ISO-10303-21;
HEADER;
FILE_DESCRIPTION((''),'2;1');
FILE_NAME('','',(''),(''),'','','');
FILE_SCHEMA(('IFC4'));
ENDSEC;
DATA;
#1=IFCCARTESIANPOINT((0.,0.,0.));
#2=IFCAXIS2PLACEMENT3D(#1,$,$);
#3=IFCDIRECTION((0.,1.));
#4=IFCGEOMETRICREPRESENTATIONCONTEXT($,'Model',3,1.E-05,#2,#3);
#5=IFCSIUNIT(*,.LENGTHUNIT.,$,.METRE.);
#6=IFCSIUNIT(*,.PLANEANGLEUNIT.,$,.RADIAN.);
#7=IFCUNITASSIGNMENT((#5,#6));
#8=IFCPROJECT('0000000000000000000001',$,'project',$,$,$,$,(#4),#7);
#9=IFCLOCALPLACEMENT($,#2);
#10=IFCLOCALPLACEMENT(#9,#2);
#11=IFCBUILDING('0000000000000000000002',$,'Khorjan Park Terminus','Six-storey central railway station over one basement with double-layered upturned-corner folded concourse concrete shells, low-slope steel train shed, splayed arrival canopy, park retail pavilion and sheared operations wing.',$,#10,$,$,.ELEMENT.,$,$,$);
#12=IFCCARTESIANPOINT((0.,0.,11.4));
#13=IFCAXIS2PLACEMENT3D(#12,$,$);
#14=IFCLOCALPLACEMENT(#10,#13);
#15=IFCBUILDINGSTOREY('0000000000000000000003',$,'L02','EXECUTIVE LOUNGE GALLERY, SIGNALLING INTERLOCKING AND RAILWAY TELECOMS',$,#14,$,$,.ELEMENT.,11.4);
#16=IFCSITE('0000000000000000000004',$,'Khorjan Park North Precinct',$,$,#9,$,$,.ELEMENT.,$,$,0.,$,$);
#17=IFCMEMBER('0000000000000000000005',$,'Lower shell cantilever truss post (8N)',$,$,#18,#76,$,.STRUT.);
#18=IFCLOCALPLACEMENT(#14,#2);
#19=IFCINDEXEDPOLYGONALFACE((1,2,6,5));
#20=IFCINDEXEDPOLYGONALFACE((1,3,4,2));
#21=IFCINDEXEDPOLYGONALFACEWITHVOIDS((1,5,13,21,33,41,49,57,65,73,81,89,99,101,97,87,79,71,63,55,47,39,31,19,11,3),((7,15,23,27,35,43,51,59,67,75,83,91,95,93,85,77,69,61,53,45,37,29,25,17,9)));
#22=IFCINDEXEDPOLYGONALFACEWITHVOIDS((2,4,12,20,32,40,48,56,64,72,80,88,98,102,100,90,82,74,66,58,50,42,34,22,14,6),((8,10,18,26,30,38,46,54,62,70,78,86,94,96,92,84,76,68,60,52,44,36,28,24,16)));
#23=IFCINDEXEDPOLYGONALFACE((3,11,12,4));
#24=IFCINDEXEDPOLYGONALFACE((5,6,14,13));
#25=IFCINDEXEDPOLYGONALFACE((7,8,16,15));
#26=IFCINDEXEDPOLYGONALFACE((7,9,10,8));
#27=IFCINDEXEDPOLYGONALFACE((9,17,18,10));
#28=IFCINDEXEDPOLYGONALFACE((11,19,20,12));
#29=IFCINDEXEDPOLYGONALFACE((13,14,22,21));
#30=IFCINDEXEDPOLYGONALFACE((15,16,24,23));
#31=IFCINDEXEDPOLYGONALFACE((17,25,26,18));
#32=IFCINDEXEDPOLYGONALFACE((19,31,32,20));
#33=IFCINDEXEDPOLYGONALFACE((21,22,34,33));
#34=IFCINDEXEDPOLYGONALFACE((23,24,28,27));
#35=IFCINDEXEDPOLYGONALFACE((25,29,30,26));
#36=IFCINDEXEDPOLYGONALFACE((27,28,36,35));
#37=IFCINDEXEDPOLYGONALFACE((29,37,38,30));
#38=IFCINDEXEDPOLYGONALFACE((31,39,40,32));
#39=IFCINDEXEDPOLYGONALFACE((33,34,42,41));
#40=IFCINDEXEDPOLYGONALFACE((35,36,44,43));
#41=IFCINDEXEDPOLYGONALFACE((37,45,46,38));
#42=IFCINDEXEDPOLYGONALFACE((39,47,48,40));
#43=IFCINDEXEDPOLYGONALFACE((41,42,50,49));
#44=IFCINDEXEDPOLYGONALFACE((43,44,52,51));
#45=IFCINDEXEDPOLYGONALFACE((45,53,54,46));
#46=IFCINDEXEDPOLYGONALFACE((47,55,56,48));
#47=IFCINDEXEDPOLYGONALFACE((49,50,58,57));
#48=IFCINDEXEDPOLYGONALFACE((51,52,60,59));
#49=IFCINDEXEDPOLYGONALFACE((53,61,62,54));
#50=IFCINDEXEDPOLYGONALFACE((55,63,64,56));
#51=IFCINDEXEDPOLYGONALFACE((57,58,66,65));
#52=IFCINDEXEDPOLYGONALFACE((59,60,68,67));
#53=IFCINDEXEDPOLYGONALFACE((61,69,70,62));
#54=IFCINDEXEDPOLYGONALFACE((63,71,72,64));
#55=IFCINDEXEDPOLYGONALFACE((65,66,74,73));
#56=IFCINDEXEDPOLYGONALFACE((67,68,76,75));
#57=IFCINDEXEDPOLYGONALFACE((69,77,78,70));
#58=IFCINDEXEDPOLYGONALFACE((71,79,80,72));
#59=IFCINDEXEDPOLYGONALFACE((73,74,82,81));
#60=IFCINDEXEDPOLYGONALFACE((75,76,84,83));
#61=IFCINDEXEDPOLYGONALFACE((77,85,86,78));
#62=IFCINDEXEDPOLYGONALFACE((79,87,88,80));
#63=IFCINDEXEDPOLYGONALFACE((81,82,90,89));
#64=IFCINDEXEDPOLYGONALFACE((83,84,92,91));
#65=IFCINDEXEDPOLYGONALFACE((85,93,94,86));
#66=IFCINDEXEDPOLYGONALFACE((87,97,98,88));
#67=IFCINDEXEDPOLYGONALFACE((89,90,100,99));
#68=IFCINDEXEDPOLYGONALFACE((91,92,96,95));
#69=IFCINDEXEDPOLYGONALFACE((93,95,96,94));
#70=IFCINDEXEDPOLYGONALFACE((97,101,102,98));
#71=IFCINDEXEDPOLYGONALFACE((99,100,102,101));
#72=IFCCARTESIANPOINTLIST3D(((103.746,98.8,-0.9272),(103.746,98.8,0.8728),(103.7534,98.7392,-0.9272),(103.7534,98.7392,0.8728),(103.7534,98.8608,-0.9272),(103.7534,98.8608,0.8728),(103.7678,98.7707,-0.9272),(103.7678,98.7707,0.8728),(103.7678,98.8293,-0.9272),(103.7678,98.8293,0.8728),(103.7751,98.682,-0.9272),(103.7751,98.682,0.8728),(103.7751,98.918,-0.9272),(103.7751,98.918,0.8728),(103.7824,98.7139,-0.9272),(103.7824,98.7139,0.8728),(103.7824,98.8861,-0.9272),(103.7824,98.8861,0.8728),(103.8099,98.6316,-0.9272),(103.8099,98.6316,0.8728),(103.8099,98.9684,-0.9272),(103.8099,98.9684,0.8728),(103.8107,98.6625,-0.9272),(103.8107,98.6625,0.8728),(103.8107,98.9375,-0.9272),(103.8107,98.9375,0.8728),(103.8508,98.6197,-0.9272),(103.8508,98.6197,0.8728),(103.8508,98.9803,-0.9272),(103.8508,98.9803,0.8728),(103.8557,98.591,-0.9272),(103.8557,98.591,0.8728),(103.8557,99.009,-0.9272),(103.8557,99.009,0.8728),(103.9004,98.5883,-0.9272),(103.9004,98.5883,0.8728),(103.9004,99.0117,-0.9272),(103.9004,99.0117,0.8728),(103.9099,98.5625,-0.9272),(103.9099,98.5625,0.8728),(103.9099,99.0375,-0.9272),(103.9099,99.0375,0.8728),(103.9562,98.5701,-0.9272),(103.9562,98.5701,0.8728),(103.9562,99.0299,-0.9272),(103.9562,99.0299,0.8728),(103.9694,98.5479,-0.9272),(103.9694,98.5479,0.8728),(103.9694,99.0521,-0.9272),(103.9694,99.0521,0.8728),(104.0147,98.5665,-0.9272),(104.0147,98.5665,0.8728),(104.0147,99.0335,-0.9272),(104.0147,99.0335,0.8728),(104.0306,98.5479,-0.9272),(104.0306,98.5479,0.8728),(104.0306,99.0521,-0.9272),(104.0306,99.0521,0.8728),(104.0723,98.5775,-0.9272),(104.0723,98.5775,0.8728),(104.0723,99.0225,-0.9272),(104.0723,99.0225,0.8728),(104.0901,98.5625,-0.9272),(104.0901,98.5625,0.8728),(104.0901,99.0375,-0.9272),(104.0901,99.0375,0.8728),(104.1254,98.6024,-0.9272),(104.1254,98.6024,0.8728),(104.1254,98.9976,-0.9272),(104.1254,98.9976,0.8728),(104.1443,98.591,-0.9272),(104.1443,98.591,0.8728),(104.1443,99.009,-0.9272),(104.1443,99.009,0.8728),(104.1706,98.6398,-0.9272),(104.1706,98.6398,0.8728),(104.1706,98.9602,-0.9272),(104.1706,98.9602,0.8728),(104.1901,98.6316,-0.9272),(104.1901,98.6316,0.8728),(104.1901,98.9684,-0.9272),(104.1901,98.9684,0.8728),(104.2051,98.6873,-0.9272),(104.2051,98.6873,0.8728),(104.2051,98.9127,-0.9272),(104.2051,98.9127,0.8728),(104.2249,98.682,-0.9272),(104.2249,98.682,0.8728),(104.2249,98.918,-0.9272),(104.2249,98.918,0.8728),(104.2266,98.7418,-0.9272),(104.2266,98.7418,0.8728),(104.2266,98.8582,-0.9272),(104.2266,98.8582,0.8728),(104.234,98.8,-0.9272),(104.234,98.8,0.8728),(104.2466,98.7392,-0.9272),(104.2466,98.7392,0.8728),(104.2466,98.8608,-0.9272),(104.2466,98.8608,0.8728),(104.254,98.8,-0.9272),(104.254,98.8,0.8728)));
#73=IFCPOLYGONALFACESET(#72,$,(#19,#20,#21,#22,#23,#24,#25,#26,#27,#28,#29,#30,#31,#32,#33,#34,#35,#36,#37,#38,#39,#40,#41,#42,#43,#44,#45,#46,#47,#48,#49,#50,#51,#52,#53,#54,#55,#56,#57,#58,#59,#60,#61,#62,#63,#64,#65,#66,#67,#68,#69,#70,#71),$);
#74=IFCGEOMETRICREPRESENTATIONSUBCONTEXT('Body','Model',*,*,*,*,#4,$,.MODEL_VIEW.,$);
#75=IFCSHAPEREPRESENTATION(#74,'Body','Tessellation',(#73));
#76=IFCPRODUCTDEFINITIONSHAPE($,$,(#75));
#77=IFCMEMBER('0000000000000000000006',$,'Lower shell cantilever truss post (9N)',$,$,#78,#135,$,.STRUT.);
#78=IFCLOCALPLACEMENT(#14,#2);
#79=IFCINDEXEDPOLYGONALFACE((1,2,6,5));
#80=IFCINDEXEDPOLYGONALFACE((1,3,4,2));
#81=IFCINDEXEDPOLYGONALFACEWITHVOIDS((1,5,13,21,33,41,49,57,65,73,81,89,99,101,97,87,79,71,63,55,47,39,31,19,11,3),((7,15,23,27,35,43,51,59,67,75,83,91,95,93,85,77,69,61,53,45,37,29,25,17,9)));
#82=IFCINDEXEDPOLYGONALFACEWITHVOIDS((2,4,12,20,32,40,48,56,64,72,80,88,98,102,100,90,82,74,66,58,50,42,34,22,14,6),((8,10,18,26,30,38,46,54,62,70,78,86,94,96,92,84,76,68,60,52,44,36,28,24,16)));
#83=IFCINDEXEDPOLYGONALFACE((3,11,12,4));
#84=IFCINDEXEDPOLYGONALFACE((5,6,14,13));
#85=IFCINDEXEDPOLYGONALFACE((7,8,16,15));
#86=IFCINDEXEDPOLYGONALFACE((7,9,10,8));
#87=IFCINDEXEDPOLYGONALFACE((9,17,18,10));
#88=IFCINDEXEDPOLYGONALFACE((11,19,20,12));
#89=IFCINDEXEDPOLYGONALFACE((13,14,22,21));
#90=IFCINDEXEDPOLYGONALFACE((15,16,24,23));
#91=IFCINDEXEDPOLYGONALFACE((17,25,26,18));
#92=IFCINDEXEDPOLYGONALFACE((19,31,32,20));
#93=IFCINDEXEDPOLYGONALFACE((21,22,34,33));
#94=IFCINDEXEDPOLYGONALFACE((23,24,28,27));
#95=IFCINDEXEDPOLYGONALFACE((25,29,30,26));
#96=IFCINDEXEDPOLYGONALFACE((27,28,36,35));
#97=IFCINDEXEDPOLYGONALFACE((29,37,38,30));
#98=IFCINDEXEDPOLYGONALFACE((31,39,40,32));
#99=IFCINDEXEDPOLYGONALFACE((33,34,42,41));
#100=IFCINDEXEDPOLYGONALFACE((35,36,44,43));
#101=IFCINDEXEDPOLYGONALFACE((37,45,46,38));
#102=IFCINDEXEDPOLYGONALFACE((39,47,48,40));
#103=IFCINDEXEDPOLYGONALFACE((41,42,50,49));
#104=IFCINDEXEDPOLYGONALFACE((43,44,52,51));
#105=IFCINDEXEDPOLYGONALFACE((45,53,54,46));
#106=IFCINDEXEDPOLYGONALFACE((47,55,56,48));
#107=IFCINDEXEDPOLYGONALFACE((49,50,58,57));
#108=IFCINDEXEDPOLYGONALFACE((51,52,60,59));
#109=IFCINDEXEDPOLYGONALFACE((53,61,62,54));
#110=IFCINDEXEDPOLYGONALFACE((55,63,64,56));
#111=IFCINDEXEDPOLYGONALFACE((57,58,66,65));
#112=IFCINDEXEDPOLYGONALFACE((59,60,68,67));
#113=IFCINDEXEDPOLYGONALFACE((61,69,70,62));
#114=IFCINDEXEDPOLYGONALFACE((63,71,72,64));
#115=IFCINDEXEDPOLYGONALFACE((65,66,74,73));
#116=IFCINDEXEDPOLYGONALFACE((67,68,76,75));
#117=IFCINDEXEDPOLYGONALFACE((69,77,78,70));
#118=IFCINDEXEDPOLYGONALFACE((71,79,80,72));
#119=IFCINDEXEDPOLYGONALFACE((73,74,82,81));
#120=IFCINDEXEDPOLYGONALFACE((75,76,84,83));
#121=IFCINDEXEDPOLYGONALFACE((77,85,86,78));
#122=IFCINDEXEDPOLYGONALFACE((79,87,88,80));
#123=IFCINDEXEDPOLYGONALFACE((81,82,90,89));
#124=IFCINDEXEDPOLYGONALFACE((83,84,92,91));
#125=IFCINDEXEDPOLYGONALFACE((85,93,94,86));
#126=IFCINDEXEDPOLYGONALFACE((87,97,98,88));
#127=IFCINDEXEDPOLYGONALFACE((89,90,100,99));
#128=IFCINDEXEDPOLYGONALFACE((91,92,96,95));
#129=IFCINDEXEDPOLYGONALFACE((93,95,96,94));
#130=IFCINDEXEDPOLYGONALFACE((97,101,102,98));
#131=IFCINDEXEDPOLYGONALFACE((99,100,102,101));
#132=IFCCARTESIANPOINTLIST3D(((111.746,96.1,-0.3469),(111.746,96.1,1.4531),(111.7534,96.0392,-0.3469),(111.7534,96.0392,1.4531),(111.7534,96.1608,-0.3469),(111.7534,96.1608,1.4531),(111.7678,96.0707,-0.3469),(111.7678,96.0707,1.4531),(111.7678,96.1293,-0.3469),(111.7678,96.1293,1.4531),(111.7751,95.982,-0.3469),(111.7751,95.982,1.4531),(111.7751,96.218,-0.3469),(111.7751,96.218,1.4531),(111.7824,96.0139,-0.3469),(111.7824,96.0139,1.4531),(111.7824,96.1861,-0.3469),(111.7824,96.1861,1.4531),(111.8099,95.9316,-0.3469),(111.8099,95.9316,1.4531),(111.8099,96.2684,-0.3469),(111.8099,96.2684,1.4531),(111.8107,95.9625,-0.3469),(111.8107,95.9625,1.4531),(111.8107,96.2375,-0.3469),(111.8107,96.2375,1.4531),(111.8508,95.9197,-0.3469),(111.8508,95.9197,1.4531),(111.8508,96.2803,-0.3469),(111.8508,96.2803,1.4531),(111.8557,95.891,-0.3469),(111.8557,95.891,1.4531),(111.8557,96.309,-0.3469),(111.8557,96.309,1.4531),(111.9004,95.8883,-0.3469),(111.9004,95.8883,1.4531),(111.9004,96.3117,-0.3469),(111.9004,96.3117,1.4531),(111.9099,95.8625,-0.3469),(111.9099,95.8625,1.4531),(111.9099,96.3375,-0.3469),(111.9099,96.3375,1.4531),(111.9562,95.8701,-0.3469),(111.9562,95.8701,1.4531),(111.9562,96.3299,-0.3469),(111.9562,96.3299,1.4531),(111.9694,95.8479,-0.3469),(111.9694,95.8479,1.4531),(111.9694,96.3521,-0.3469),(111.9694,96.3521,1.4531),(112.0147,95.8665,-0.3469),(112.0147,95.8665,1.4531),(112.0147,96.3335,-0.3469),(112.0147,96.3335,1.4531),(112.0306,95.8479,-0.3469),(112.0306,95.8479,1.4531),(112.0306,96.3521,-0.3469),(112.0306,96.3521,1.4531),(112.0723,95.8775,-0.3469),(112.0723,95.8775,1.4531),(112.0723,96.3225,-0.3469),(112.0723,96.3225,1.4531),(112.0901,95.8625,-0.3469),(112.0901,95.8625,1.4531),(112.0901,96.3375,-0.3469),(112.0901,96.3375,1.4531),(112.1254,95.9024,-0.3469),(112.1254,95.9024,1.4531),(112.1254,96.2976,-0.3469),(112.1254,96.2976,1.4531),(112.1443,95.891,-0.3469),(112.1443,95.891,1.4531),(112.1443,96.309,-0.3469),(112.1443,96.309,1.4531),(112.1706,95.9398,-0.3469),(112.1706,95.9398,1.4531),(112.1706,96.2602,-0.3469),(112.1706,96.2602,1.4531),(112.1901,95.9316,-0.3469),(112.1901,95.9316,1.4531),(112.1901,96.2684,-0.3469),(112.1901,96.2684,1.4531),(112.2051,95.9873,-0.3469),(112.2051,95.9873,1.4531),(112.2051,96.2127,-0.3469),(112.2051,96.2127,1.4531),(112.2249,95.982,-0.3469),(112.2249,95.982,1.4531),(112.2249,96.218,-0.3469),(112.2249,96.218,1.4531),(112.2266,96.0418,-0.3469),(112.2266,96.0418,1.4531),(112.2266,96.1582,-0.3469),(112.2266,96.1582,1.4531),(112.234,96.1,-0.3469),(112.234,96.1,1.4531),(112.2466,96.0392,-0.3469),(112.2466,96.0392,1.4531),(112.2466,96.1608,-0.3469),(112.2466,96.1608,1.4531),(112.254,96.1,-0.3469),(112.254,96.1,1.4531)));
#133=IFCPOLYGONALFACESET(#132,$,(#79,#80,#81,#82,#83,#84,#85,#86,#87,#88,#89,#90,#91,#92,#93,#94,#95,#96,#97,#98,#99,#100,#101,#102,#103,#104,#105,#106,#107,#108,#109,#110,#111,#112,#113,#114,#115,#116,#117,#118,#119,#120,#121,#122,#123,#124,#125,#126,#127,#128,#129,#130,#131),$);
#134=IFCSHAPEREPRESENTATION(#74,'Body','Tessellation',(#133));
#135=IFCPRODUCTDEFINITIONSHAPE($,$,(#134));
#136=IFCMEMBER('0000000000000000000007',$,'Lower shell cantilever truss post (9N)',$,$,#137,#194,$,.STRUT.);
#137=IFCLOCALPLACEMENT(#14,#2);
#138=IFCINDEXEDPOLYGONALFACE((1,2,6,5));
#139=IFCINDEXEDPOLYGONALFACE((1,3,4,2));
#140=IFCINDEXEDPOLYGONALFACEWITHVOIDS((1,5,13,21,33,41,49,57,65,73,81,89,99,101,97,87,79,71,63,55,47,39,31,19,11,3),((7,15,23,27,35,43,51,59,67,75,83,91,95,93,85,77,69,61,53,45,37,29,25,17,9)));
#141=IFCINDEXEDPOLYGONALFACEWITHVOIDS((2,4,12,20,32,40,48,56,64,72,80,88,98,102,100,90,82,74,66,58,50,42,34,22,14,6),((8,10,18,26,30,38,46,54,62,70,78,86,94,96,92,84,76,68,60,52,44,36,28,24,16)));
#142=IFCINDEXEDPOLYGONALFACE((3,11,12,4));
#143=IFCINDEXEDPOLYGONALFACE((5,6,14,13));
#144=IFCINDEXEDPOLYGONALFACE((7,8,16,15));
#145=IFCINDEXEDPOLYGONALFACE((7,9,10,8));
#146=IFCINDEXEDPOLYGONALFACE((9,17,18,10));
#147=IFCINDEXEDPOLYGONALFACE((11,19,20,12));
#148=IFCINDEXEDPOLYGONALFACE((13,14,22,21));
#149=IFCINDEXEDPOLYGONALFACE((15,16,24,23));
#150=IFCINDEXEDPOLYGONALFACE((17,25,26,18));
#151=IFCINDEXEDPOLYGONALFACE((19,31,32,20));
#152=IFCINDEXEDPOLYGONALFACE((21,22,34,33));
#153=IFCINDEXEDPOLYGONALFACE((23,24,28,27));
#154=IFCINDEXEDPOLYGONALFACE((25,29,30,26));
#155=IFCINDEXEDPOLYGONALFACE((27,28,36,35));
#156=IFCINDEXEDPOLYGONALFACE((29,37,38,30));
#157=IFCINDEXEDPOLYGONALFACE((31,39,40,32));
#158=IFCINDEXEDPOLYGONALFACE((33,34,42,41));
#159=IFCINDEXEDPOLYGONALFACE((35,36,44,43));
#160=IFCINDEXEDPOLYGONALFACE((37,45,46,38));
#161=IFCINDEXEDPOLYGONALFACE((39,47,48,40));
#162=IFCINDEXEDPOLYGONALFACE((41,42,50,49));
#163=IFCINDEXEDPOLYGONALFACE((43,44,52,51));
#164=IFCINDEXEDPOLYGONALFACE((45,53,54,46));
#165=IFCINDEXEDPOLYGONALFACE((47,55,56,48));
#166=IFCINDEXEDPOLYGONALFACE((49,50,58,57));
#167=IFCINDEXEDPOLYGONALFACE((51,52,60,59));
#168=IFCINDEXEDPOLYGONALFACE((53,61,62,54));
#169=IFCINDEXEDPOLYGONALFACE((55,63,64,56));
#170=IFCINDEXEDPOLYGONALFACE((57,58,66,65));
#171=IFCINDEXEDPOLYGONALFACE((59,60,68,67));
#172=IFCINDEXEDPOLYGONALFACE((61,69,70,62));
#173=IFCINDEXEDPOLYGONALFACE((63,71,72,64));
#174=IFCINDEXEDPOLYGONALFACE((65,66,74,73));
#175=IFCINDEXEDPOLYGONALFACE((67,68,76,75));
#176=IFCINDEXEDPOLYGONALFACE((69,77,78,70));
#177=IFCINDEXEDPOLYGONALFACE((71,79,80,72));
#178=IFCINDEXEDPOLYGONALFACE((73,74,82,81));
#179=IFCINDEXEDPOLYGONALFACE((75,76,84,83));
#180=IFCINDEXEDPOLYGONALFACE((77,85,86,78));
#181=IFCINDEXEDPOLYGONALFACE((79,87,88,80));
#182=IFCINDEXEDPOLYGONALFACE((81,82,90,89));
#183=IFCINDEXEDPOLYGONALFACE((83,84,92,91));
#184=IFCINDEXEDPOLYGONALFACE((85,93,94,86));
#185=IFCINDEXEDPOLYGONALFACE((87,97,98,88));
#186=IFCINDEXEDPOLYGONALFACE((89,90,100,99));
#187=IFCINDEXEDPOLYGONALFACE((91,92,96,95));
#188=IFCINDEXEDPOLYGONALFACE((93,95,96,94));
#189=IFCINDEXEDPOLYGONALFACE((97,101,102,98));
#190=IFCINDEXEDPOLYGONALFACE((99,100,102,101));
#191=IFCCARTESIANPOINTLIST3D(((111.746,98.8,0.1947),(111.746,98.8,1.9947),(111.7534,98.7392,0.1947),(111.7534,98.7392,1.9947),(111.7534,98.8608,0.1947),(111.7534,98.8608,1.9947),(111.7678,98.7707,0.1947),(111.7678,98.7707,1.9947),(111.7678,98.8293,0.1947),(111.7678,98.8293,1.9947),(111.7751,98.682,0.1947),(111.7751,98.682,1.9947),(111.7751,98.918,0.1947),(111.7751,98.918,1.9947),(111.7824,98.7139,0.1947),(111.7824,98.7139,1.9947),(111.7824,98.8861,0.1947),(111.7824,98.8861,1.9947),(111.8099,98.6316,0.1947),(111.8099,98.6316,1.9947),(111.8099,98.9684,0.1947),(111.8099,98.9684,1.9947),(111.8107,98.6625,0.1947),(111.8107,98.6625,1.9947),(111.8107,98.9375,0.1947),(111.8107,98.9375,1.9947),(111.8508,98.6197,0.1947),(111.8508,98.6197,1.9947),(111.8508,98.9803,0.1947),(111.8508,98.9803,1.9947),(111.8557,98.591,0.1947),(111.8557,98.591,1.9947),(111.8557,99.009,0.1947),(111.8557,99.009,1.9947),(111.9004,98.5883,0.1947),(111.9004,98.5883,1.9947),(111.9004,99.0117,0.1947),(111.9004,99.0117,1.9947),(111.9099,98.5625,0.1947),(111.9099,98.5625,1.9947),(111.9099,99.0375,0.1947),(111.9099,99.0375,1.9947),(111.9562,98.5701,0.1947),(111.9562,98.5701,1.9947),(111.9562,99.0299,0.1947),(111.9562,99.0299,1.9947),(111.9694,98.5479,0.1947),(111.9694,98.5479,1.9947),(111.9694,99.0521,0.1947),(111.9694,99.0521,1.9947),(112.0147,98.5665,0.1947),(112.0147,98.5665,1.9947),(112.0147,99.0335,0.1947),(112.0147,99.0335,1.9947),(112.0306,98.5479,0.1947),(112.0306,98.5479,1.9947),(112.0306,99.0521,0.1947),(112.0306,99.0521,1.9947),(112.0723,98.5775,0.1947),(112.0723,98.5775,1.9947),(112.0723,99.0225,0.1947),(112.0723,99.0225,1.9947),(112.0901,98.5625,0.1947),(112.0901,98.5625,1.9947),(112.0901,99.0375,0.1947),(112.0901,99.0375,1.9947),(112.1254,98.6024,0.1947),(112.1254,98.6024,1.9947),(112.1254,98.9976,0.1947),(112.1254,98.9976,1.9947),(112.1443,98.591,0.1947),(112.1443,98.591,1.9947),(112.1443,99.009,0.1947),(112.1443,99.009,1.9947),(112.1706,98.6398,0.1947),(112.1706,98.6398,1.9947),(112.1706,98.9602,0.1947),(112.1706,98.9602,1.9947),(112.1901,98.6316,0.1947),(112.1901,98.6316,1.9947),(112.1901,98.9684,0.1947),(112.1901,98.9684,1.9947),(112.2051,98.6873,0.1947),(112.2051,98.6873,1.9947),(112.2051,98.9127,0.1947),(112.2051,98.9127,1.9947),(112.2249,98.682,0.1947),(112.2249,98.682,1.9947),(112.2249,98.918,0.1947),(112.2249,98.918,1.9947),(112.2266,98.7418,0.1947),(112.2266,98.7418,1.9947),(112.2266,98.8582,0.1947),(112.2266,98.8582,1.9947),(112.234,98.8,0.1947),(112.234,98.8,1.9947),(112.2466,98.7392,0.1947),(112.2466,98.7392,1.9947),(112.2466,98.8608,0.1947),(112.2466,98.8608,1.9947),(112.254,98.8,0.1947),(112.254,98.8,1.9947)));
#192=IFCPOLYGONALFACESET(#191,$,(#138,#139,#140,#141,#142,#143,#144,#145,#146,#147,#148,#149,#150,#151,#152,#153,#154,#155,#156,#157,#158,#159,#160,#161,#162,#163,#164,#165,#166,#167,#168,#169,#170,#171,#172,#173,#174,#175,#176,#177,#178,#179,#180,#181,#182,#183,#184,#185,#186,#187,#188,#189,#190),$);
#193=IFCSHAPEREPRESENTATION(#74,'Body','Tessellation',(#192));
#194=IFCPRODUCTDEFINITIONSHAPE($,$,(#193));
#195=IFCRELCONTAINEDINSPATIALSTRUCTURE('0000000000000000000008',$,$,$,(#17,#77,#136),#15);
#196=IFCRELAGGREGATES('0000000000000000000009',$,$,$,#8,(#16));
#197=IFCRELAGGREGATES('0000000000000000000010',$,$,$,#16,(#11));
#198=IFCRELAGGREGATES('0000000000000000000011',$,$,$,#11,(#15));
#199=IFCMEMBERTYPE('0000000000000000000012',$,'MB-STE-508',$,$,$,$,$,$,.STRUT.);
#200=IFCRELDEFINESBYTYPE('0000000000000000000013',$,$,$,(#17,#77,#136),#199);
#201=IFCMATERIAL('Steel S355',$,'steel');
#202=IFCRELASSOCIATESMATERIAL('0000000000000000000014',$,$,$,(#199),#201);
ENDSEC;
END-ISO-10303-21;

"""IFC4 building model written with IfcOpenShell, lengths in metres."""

from ifc_helpers import new_model, si_unit, direction, frame, origin, origin_2d, place, context, subcontext, project, spatial, hollow_circle, extrude, material, material_profile, profile_set, type_object, element, save


model = new_model("IFC4")

# Units and contexts
model_context = context("Model", 3, precision=1e-05, world=origin(), true_north=direction((0.0, 1.0)))
body_context = subcontext(model_context, "Body", "Model", "MODEL_VIEW")
ifc_project = project(units=[si_unit("LENGTHUNIT", "METRE"), si_unit("PLANEANGLEUNIT", "RADIAN")], contexts=[model_context])

# Site, building, storey
site_placement = place(None, origin())
site = spatial("IfcSite", under=ifc_project, at=site_placement, Name="Khorjan Park North Precinct", CompositionType="ELEMENT", RefElevation=0.0)
building_placement = place(site_placement, origin())
building = spatial("IfcBuilding", under=site, at=building_placement, Name="Khorjan Park Terminus", Description="Six-storey central railway station over one basement with double-layered upturned-corner folded concourse concrete shells, low-slope steel train shed, splayed arrival canopy, park retail pavilion and sheared operations wing.", CompositionType="ELEMENT")
storey_placement = place(building_placement, frame((0.0, 0.0, 11.4)))
storey = spatial("IfcBuildingStorey", under=building, at=storey_placement, Name="L02", Description="EXECUTIVE LOUNGE GALLERY, SIGNALLING INTERLOCKING AND RAILWAY TELECOMS", CompositionType="ELEMENT", Elevation=11.4)

# Shared definitions
ifc_material = material(Name="Steel S355", Category="steel")

# Members
ifc_material_profile_1 = material_profile(ifc_material, hollow_circle(Radius=0.254, WallThickness=0.02, at=origin_2d()), Name="CHS 508x20")
ifc_profile_set_1 = profile_set([ifc_material_profile_1], Name="Steel S355")
member_type_1 = type_object("IfcMemberType", Name="MB-STE-508", PredefinedType="STRUT", material=ifc_profile_set_1)
for number, where, z_axis, x_axis, name in (
    (1, (104.0, 98.8, -0.9272), (0.0, 0.0, 1.0), (1.0, 0.0, 0.0), "Lower shell cantilever truss post (8N)"),
    (2, (112.0, 96.1, -0.3469), (0.0, 0.0, 1.0), (1.0, 0.0, 0.0), "Lower shell cantilever truss post (9N)"),
    (3, (112.0, 98.8, 0.1947), (0.0, 0.0, 1.0), (1.0, 0.0, 0.0), "Lower shell cantilever truss post (9N)"),
):
    element("IfcMember", number, at=place(storey_placement, frame(where, z_axis=z_axis, x_axis=x_axis)), inside=storey, type_object=member_type_1, Name=name, PredefinedType="STRUT", context=body_context, shape_type="SweptSolid", body=[
        extrude(hollow_circle(Radius=0.254, WallThickness=0.02, at=origin_2d()), origin(), (0.0, 0.0, 1.0), 1.8),
    ])

save(model, "model.ifc")
